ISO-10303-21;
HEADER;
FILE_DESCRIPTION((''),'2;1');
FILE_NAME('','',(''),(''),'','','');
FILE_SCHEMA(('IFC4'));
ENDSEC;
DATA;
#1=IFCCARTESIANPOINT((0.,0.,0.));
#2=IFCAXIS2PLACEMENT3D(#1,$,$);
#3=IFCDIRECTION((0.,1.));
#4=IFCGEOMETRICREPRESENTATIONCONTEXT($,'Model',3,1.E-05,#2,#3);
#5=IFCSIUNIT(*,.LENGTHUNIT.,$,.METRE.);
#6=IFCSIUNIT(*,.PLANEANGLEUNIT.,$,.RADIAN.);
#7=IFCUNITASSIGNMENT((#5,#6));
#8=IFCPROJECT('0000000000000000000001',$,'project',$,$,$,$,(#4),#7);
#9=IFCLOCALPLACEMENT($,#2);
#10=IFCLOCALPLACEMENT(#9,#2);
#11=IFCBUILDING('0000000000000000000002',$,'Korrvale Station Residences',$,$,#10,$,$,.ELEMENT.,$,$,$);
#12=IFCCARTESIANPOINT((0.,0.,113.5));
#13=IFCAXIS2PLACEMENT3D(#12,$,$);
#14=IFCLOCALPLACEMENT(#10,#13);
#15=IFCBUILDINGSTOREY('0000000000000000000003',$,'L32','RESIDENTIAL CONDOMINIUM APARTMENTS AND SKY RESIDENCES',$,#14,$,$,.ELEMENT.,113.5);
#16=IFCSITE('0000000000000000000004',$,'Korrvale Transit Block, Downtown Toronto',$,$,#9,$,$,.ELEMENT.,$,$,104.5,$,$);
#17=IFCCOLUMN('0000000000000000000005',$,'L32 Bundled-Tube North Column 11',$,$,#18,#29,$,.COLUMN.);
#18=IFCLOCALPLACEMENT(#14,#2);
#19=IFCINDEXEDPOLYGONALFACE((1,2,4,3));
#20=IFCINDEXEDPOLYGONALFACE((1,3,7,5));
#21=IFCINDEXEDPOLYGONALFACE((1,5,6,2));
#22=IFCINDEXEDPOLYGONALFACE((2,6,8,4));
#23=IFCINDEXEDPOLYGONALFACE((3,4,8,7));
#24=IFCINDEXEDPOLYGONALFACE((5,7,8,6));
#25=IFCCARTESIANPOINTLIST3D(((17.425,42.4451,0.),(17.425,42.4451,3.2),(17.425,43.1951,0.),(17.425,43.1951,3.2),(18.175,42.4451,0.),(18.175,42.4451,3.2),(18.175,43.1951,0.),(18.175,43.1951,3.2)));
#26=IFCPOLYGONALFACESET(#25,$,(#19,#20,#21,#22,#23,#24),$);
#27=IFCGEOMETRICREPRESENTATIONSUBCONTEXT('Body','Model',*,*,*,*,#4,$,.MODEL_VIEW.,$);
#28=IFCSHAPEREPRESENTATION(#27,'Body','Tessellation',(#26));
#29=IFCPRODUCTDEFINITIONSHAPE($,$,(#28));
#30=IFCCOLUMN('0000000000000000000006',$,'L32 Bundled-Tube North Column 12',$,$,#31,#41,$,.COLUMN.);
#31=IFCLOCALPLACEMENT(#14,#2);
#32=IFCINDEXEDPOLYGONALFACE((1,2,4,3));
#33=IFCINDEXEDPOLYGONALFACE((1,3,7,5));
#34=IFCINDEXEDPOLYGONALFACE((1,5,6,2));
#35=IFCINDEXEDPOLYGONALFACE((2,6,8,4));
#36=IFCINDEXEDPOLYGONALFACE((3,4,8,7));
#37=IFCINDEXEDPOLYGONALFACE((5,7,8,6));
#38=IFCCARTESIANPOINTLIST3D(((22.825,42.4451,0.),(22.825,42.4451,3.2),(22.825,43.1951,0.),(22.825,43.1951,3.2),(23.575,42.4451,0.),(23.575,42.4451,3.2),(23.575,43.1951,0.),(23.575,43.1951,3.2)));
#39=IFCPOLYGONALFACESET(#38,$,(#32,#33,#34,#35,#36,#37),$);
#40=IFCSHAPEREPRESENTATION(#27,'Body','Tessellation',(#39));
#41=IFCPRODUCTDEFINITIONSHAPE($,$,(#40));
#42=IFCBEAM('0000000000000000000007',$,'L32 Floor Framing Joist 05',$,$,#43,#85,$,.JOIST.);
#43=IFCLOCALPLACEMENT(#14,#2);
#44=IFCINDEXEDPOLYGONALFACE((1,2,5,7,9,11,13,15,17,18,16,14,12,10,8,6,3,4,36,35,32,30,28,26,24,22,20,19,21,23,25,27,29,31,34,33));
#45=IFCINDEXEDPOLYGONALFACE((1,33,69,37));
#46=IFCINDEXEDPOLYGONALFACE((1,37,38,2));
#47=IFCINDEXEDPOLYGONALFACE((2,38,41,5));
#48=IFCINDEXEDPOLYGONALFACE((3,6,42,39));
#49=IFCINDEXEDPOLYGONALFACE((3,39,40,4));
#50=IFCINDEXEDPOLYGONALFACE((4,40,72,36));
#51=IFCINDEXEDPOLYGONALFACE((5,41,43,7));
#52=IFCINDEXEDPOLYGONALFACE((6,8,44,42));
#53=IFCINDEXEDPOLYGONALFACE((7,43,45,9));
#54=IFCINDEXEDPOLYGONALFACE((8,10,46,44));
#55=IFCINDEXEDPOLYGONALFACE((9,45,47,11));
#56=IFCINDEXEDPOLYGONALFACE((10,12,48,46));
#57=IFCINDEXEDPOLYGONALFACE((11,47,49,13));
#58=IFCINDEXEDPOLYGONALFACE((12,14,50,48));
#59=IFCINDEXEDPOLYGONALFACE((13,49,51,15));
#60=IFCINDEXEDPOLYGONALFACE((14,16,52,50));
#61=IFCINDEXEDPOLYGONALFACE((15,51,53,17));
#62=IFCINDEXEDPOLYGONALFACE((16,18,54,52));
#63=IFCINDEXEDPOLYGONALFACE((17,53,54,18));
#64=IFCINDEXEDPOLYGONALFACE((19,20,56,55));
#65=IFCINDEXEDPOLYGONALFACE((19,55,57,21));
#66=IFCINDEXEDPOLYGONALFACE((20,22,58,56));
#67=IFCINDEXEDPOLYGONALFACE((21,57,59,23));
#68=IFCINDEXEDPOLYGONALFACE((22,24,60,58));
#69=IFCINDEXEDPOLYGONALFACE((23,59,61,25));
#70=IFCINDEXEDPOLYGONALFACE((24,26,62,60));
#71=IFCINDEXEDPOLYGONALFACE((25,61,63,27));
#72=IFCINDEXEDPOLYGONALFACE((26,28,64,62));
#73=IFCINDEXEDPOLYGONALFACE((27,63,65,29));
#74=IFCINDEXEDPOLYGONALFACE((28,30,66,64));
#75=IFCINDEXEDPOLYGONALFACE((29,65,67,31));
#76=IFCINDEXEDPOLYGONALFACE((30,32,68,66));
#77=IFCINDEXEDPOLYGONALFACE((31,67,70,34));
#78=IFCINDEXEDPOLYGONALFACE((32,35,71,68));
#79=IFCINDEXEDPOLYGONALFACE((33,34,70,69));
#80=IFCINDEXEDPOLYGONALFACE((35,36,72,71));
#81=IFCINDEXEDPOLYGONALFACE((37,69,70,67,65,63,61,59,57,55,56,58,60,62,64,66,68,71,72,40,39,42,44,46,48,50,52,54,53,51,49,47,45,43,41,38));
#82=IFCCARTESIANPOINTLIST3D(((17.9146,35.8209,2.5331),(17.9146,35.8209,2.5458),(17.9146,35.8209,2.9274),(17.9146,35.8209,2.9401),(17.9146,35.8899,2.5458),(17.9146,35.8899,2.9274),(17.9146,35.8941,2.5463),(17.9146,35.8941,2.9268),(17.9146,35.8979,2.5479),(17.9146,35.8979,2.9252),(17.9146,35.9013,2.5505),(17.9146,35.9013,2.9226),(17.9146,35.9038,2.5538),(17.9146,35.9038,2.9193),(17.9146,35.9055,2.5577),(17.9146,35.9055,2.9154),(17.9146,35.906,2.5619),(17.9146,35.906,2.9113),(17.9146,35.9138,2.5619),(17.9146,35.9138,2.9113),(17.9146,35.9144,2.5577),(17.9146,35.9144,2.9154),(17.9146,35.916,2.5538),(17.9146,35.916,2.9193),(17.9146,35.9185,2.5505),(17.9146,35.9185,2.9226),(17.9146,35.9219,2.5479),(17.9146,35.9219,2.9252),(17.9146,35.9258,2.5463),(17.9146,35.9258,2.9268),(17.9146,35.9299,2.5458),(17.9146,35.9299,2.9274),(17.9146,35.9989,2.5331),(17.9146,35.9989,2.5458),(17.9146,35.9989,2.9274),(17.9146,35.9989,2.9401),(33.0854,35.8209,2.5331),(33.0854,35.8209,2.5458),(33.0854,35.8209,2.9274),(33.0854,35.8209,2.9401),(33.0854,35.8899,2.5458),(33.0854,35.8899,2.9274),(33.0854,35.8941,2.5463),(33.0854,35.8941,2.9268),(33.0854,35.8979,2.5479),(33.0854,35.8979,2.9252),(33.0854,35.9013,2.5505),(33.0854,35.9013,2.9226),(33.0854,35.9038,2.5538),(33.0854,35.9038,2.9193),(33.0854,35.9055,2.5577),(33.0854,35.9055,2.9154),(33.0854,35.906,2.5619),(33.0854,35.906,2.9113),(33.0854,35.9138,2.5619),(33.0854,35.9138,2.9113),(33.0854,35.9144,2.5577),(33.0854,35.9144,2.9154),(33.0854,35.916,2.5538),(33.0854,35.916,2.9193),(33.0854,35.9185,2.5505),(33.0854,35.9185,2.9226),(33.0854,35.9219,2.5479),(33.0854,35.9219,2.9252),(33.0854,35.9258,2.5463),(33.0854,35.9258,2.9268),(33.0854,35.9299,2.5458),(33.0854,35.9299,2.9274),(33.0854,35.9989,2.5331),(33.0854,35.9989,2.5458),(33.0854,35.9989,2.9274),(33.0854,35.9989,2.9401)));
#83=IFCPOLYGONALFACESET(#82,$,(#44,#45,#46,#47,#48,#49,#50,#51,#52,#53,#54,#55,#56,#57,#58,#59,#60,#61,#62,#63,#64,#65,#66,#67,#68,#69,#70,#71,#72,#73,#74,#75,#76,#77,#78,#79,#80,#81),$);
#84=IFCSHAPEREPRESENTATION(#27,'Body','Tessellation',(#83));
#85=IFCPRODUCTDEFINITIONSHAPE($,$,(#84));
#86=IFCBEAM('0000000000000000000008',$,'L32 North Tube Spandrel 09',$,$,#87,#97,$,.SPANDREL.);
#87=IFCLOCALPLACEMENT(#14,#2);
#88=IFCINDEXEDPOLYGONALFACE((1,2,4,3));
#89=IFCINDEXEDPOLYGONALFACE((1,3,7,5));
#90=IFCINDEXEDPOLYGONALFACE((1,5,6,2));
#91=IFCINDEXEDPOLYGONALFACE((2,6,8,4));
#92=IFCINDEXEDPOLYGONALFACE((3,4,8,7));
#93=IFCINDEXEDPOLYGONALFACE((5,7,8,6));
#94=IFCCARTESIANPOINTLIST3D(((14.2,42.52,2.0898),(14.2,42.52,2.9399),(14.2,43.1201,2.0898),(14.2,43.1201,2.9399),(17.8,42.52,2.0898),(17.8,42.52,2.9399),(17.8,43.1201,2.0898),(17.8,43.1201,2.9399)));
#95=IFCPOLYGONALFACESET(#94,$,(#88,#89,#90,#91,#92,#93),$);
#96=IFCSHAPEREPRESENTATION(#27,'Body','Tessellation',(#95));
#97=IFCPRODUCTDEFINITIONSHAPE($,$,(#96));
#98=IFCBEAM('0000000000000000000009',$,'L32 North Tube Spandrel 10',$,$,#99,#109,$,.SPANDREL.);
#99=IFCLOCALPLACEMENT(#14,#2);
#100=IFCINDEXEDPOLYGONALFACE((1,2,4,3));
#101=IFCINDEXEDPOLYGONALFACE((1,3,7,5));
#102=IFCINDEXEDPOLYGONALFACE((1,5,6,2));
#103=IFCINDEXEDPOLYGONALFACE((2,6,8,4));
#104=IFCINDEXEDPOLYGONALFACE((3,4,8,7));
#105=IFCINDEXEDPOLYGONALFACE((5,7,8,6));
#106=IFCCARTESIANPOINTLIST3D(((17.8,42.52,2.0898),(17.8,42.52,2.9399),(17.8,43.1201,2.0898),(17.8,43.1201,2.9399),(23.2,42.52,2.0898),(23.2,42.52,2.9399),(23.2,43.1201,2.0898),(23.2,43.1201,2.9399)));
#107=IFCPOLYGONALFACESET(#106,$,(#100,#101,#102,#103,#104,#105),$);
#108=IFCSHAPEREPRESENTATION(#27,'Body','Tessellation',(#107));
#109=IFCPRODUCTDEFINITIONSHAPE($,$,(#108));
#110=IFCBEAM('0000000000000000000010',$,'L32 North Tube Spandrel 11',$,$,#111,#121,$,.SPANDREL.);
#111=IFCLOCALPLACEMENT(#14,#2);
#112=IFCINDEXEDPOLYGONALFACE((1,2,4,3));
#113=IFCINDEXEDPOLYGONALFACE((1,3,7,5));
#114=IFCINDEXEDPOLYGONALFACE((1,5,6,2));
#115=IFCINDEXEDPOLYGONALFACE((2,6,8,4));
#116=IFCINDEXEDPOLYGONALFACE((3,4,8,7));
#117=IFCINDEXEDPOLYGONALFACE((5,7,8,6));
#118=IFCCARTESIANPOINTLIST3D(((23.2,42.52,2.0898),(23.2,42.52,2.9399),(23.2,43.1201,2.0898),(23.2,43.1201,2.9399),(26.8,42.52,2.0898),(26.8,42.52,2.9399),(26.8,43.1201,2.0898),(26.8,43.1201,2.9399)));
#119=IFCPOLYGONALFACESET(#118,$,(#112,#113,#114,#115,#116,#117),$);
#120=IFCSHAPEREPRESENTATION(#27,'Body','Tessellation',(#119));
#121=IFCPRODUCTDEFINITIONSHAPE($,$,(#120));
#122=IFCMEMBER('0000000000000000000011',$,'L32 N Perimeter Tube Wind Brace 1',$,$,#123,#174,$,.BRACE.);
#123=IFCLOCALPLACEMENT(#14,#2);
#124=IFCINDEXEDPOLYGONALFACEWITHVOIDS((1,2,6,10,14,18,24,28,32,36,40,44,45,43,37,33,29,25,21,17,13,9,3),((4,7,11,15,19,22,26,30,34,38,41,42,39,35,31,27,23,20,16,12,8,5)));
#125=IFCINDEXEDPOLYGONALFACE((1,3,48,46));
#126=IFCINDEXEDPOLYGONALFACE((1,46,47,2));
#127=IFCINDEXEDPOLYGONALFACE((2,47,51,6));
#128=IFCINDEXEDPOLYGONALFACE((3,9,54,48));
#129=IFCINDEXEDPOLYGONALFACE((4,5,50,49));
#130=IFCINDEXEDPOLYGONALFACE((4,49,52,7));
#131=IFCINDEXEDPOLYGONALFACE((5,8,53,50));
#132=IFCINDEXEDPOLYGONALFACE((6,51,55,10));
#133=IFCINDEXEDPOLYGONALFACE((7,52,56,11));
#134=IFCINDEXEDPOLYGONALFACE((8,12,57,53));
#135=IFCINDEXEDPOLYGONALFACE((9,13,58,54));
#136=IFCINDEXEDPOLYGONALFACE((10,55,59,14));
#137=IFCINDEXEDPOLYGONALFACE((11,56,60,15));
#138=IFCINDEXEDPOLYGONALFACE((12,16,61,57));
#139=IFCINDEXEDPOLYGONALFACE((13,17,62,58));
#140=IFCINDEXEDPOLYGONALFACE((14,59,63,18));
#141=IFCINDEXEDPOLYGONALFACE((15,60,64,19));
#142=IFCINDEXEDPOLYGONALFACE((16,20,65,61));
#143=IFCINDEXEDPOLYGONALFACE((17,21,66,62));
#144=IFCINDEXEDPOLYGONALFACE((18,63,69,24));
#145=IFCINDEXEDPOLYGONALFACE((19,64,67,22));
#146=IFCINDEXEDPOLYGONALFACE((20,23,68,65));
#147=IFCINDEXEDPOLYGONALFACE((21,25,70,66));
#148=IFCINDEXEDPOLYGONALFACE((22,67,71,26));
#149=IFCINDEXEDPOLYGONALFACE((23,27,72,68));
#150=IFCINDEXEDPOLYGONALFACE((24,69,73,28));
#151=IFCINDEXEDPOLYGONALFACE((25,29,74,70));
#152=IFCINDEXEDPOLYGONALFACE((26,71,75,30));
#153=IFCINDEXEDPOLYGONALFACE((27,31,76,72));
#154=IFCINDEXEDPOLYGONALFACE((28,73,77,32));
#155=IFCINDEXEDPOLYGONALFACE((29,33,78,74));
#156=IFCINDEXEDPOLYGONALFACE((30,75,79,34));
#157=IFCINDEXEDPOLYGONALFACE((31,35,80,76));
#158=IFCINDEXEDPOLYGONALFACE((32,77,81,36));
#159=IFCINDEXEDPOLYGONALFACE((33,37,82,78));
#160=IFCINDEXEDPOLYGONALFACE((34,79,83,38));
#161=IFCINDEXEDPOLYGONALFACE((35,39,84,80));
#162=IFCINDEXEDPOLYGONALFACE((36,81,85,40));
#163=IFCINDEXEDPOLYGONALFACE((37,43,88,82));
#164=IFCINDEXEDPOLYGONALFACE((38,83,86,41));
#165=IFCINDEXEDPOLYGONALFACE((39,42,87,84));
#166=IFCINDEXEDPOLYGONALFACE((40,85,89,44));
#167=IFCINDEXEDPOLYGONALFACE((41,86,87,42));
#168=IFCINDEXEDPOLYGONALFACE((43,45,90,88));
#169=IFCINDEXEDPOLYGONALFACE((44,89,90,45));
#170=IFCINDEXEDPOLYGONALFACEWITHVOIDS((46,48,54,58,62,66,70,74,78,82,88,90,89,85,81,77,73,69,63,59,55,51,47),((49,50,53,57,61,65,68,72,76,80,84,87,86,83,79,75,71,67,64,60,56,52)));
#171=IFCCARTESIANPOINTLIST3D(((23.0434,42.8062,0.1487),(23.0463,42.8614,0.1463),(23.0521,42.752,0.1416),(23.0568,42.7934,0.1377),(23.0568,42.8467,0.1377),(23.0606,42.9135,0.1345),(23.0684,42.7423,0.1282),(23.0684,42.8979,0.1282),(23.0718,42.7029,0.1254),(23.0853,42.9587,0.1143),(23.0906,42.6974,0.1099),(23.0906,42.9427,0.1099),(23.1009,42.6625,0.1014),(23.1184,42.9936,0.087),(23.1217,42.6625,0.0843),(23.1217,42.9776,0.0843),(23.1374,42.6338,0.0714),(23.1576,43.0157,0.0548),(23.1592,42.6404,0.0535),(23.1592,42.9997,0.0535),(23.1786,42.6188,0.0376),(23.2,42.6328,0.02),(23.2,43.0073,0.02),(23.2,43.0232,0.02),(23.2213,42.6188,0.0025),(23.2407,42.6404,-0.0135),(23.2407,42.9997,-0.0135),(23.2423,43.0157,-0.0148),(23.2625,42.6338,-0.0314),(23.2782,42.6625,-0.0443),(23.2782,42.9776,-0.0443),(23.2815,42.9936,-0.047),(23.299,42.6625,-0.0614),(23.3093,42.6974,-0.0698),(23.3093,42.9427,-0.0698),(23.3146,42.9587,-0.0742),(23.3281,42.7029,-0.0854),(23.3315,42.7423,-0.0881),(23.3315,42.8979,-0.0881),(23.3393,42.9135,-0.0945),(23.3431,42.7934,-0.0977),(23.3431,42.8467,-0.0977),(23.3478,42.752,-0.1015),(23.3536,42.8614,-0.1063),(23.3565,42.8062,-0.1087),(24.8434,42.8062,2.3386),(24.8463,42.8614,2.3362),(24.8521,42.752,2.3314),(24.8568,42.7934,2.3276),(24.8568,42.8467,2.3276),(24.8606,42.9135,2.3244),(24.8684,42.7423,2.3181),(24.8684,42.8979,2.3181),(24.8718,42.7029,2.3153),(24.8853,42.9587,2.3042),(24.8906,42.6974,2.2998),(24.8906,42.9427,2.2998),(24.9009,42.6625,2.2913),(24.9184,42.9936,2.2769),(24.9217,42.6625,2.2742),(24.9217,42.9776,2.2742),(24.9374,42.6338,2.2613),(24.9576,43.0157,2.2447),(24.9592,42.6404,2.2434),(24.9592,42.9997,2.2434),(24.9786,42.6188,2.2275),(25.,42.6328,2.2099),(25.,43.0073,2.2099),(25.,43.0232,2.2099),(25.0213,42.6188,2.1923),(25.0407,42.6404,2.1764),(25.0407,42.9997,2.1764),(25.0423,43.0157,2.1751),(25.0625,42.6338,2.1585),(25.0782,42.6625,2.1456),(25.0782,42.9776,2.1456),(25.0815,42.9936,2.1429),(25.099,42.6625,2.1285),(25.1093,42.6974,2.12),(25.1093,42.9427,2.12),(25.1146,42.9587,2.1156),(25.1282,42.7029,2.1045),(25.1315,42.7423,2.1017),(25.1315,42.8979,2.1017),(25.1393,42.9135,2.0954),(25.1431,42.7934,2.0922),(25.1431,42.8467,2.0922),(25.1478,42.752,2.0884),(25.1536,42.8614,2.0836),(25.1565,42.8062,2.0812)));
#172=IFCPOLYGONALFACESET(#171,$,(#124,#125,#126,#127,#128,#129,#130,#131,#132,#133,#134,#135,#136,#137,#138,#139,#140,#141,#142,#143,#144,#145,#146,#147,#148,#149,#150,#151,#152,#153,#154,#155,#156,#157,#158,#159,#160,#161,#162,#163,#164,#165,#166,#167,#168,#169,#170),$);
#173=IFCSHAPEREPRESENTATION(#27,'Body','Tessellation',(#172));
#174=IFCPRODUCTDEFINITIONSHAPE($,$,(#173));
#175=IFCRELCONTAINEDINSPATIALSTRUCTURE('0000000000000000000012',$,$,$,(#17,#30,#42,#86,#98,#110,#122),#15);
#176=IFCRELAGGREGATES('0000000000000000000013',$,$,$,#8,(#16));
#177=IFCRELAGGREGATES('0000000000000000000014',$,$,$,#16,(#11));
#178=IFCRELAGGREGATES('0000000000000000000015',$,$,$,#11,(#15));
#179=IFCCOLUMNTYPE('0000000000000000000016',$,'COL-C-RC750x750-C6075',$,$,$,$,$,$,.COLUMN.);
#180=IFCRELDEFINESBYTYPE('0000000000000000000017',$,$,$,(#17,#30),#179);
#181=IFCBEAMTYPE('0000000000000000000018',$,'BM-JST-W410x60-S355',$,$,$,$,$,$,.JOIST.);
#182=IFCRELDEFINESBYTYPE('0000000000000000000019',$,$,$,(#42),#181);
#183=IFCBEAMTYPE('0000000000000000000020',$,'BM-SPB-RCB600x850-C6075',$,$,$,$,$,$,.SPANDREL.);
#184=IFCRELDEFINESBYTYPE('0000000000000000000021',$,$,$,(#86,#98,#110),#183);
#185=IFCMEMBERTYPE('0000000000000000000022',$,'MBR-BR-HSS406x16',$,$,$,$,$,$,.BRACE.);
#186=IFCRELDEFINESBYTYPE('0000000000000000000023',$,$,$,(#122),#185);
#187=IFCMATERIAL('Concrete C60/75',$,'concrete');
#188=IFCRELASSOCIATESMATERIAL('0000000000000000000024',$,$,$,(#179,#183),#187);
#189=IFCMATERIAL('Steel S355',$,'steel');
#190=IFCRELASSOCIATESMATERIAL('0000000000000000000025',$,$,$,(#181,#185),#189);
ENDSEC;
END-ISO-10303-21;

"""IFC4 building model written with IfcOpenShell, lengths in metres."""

from ifc_helpers import new_model, si_unit, direction, frame, origin, origin_2d, place, context, subcontext, project, spatial, rectangle, hollow_circle, i_section, extrude, material, material_profile, profile_set, type_object, element, save


model = new_model("IFC4")

# Units and contexts
model_context = context("Model", 3, precision=1e-05, world=origin(), true_north=direction((0.0, 1.0)))
body_context = subcontext(model_context, "Body", "Model", "MODEL_VIEW")
ifc_project = project(units=[si_unit("LENGTHUNIT", "METRE"), si_unit("PLANEANGLEUNIT", "RADIAN")], contexts=[model_context])

# Site, building, storey
site_placement = place(None, origin())
site = spatial("IfcSite", under=ifc_project, at=site_placement, Name="Korrvale Transit Block, Downtown Toronto", CompositionType="ELEMENT", RefElevation=104.5)
building_placement = place(site_placement, origin())
building = spatial("IfcBuilding", under=site, at=building_placement, Name="Korrvale Station Residences", CompositionType="ELEMENT")
storey_placement = place(building_placement, frame((0.0, 0.0, 113.5)))
storey = spatial("IfcBuildingStorey", under=building, at=storey_placement, Name="L32", Description="RESIDENTIAL CONDOMINIUM APARTMENTS AND SKY RESIDENCES", CompositionType="ELEMENT", Elevation=113.5)

# Columns
ifc_material_1 = material(Name="Concrete C60/75", Category="concrete")
ifc_material_profile_1 = material_profile(ifc_material_1, rectangle(XDim=0.75, YDim=0.75, at=origin_2d()), Name="RC750x750")
ifc_profile_set_1 = profile_set([ifc_material_profile_1], Name="Concrete C60/75")
column_type = type_object("IfcColumnType", Name="COL-C-RC750x750-C6075", PredefinedType="COLUMN", material=ifc_profile_set_1)
for number, where, z_axis, x_axis, name in (
    (1, (17.8, 42.8201, 0.0), (0.0, 0.0, 1.0), (1.0, 0.0, 0.0), "L32 Bundled-Tube North Column 11"),
    (2, (23.2, 42.8201, 0.0), (0.0, 0.0, 1.0), (1.0, 0.0, 0.0), "L32 Bundled-Tube North Column 12"),
):
    element("IfcColumn", number, at=place(storey_placement, frame(where, z_axis=z_axis, x_axis=x_axis)), inside=storey, type_object=column_type, Name=name, PredefinedType="COLUMN", context=body_context, shape_type="SweptSolid", body=[
        extrude(rectangle(XDim=0.75, YDim=0.75, at=origin_2d()), origin(), (0.0, 0.0, 1.0), 3.2),
    ])

# Beams
ifc_material_2 = material(Name="Steel S355", Category="steel")
ifc_material_profile_2 = material_profile(ifc_material_2, i_section(OverallWidth=0.178, OverallDepth=0.407, WebThickness=0.0078, FlangeThickness=0.0127, FilletRadius=0.0161, at=origin_2d()), Name="W410x60")
ifc_profile_set_2 = profile_set([ifc_material_profile_2], Name="Steel S355")
beam_type_1 = type_object("IfcBeamType", Name="BM-JST-W410x60-S355", PredefinedType="JOIST", material=ifc_profile_set_2)
beam_1_placement = place(storey_placement, frame((17.9146, 35.9099, 2.7366), z_axis=(1.0, 0.0, 0.0), x_axis=(0.0, 1.0, 0.0)))
element("IfcBeam", 3, at=beam_1_placement, inside=storey, type_object=beam_type_1, Name="L32 Floor Framing Joist 05", PredefinedType="JOIST", context=body_context, shape_type="SweptSolid", body=[
    extrude(i_section(OverallWidth=0.178, OverallDepth=0.407, WebThickness=0.0078, FlangeThickness=0.0127, FilletRadius=0.0161, at=origin_2d()), origin(), (0.0, 0.0, 1.0), 15.1709),
])
ifc_material_profile_3 = material_profile(ifc_material_1, rectangle(XDim=0.6001, YDim=0.8501, at=origin_2d()), Name="RCB600x850")
ifc_profile_set_3 = profile_set([ifc_material_profile_3], Name="Concrete C60/75")
beam_type_2 = type_object("IfcBeamType", Name="BM-SPB-RCB600x850-C6075", PredefinedType="SPANDREL", material=ifc_profile_set_3)
beam_2_placement = place(storey_placement, frame((14.2, 42.8201, 2.5149), z_axis=(1.0, 0.0, 0.0), x_axis=(0.0, 1.0, 0.0)))
element("IfcBeam", 4, at=beam_2_placement, inside=storey, type_object=beam_type_2, Name="L32 North Tube Spandrel 09", PredefinedType="SPANDREL", context=body_context, shape_type="SweptSolid", body=[
    extrude(rectangle(XDim=0.6001, YDim=0.8501, at=origin_2d()), origin(), (0.0, 0.0, 1.0), 3.6001),
])
beam_3_placement = place(storey_placement, frame((17.8, 42.8201, 2.5149), z_axis=(1.0, 0.0, 0.0), x_axis=(0.0, 1.0, 0.0)))
element("IfcBeam", 5, at=beam_3_placement, inside=storey, type_object=beam_type_2, Name="L32 North Tube Spandrel 10", PredefinedType="SPANDREL", context=body_context, shape_type="SweptSolid", body=[
    extrude(rectangle(XDim=0.6001, YDim=0.8501, at=origin_2d()), origin(), (0.0, 0.0, 1.0), 5.3999),
])
beam_4_placement = place(storey_placement, frame((23.2, 42.8201, 2.5149), z_axis=(1.0, 0.0, 0.0), x_axis=(0.0, 1.0, 0.0)))
element("IfcBeam", 6, at=beam_4_placement, inside=storey, type_object=beam_type_2, Name="L32 North Tube Spandrel 11", PredefinedType="SPANDREL", context=body_context, shape_type="SweptSolid", body=[
    extrude(rectangle(XDim=0.6001, YDim=0.8501, at=origin_2d()), origin(), (0.0, 0.0, 1.0), 3.6001),
])

# Member
ifc_material_profile_4 = material_profile(ifc_material_2, hollow_circle(Radius=0.2031, WallThickness=0.0159, at=origin_2d()), Name="HSS406x16")
ifc_profile_set_4 = profile_set([ifc_material_profile_4], Name="Steel S355")
member_type = type_object("IfcMemberType", Name="MBR-BR-HSS406x16", PredefinedType="BRACE", material=ifc_profile_set_4)
member_placement = place(storey_placement, frame((23.2, 42.8201, 0.02), z_axis=(0.634985, 0.0, 0.772524), x_axis=(0.0, 1.0, 0.0)))
element("IfcMember", 7, at=member_placement, inside=storey, type_object=member_type, Name="L32 N Perimeter Tube Wind Brace 1", PredefinedType="BRACE", context=body_context, shape_type="SweptSolid", body=[
    extrude(hollow_circle(Radius=0.2031, WallThickness=0.0159, at=origin_2d()), origin(), (0.0, 0.0, 1.0), 2.8347),
])

save(model, "model.ifc")
